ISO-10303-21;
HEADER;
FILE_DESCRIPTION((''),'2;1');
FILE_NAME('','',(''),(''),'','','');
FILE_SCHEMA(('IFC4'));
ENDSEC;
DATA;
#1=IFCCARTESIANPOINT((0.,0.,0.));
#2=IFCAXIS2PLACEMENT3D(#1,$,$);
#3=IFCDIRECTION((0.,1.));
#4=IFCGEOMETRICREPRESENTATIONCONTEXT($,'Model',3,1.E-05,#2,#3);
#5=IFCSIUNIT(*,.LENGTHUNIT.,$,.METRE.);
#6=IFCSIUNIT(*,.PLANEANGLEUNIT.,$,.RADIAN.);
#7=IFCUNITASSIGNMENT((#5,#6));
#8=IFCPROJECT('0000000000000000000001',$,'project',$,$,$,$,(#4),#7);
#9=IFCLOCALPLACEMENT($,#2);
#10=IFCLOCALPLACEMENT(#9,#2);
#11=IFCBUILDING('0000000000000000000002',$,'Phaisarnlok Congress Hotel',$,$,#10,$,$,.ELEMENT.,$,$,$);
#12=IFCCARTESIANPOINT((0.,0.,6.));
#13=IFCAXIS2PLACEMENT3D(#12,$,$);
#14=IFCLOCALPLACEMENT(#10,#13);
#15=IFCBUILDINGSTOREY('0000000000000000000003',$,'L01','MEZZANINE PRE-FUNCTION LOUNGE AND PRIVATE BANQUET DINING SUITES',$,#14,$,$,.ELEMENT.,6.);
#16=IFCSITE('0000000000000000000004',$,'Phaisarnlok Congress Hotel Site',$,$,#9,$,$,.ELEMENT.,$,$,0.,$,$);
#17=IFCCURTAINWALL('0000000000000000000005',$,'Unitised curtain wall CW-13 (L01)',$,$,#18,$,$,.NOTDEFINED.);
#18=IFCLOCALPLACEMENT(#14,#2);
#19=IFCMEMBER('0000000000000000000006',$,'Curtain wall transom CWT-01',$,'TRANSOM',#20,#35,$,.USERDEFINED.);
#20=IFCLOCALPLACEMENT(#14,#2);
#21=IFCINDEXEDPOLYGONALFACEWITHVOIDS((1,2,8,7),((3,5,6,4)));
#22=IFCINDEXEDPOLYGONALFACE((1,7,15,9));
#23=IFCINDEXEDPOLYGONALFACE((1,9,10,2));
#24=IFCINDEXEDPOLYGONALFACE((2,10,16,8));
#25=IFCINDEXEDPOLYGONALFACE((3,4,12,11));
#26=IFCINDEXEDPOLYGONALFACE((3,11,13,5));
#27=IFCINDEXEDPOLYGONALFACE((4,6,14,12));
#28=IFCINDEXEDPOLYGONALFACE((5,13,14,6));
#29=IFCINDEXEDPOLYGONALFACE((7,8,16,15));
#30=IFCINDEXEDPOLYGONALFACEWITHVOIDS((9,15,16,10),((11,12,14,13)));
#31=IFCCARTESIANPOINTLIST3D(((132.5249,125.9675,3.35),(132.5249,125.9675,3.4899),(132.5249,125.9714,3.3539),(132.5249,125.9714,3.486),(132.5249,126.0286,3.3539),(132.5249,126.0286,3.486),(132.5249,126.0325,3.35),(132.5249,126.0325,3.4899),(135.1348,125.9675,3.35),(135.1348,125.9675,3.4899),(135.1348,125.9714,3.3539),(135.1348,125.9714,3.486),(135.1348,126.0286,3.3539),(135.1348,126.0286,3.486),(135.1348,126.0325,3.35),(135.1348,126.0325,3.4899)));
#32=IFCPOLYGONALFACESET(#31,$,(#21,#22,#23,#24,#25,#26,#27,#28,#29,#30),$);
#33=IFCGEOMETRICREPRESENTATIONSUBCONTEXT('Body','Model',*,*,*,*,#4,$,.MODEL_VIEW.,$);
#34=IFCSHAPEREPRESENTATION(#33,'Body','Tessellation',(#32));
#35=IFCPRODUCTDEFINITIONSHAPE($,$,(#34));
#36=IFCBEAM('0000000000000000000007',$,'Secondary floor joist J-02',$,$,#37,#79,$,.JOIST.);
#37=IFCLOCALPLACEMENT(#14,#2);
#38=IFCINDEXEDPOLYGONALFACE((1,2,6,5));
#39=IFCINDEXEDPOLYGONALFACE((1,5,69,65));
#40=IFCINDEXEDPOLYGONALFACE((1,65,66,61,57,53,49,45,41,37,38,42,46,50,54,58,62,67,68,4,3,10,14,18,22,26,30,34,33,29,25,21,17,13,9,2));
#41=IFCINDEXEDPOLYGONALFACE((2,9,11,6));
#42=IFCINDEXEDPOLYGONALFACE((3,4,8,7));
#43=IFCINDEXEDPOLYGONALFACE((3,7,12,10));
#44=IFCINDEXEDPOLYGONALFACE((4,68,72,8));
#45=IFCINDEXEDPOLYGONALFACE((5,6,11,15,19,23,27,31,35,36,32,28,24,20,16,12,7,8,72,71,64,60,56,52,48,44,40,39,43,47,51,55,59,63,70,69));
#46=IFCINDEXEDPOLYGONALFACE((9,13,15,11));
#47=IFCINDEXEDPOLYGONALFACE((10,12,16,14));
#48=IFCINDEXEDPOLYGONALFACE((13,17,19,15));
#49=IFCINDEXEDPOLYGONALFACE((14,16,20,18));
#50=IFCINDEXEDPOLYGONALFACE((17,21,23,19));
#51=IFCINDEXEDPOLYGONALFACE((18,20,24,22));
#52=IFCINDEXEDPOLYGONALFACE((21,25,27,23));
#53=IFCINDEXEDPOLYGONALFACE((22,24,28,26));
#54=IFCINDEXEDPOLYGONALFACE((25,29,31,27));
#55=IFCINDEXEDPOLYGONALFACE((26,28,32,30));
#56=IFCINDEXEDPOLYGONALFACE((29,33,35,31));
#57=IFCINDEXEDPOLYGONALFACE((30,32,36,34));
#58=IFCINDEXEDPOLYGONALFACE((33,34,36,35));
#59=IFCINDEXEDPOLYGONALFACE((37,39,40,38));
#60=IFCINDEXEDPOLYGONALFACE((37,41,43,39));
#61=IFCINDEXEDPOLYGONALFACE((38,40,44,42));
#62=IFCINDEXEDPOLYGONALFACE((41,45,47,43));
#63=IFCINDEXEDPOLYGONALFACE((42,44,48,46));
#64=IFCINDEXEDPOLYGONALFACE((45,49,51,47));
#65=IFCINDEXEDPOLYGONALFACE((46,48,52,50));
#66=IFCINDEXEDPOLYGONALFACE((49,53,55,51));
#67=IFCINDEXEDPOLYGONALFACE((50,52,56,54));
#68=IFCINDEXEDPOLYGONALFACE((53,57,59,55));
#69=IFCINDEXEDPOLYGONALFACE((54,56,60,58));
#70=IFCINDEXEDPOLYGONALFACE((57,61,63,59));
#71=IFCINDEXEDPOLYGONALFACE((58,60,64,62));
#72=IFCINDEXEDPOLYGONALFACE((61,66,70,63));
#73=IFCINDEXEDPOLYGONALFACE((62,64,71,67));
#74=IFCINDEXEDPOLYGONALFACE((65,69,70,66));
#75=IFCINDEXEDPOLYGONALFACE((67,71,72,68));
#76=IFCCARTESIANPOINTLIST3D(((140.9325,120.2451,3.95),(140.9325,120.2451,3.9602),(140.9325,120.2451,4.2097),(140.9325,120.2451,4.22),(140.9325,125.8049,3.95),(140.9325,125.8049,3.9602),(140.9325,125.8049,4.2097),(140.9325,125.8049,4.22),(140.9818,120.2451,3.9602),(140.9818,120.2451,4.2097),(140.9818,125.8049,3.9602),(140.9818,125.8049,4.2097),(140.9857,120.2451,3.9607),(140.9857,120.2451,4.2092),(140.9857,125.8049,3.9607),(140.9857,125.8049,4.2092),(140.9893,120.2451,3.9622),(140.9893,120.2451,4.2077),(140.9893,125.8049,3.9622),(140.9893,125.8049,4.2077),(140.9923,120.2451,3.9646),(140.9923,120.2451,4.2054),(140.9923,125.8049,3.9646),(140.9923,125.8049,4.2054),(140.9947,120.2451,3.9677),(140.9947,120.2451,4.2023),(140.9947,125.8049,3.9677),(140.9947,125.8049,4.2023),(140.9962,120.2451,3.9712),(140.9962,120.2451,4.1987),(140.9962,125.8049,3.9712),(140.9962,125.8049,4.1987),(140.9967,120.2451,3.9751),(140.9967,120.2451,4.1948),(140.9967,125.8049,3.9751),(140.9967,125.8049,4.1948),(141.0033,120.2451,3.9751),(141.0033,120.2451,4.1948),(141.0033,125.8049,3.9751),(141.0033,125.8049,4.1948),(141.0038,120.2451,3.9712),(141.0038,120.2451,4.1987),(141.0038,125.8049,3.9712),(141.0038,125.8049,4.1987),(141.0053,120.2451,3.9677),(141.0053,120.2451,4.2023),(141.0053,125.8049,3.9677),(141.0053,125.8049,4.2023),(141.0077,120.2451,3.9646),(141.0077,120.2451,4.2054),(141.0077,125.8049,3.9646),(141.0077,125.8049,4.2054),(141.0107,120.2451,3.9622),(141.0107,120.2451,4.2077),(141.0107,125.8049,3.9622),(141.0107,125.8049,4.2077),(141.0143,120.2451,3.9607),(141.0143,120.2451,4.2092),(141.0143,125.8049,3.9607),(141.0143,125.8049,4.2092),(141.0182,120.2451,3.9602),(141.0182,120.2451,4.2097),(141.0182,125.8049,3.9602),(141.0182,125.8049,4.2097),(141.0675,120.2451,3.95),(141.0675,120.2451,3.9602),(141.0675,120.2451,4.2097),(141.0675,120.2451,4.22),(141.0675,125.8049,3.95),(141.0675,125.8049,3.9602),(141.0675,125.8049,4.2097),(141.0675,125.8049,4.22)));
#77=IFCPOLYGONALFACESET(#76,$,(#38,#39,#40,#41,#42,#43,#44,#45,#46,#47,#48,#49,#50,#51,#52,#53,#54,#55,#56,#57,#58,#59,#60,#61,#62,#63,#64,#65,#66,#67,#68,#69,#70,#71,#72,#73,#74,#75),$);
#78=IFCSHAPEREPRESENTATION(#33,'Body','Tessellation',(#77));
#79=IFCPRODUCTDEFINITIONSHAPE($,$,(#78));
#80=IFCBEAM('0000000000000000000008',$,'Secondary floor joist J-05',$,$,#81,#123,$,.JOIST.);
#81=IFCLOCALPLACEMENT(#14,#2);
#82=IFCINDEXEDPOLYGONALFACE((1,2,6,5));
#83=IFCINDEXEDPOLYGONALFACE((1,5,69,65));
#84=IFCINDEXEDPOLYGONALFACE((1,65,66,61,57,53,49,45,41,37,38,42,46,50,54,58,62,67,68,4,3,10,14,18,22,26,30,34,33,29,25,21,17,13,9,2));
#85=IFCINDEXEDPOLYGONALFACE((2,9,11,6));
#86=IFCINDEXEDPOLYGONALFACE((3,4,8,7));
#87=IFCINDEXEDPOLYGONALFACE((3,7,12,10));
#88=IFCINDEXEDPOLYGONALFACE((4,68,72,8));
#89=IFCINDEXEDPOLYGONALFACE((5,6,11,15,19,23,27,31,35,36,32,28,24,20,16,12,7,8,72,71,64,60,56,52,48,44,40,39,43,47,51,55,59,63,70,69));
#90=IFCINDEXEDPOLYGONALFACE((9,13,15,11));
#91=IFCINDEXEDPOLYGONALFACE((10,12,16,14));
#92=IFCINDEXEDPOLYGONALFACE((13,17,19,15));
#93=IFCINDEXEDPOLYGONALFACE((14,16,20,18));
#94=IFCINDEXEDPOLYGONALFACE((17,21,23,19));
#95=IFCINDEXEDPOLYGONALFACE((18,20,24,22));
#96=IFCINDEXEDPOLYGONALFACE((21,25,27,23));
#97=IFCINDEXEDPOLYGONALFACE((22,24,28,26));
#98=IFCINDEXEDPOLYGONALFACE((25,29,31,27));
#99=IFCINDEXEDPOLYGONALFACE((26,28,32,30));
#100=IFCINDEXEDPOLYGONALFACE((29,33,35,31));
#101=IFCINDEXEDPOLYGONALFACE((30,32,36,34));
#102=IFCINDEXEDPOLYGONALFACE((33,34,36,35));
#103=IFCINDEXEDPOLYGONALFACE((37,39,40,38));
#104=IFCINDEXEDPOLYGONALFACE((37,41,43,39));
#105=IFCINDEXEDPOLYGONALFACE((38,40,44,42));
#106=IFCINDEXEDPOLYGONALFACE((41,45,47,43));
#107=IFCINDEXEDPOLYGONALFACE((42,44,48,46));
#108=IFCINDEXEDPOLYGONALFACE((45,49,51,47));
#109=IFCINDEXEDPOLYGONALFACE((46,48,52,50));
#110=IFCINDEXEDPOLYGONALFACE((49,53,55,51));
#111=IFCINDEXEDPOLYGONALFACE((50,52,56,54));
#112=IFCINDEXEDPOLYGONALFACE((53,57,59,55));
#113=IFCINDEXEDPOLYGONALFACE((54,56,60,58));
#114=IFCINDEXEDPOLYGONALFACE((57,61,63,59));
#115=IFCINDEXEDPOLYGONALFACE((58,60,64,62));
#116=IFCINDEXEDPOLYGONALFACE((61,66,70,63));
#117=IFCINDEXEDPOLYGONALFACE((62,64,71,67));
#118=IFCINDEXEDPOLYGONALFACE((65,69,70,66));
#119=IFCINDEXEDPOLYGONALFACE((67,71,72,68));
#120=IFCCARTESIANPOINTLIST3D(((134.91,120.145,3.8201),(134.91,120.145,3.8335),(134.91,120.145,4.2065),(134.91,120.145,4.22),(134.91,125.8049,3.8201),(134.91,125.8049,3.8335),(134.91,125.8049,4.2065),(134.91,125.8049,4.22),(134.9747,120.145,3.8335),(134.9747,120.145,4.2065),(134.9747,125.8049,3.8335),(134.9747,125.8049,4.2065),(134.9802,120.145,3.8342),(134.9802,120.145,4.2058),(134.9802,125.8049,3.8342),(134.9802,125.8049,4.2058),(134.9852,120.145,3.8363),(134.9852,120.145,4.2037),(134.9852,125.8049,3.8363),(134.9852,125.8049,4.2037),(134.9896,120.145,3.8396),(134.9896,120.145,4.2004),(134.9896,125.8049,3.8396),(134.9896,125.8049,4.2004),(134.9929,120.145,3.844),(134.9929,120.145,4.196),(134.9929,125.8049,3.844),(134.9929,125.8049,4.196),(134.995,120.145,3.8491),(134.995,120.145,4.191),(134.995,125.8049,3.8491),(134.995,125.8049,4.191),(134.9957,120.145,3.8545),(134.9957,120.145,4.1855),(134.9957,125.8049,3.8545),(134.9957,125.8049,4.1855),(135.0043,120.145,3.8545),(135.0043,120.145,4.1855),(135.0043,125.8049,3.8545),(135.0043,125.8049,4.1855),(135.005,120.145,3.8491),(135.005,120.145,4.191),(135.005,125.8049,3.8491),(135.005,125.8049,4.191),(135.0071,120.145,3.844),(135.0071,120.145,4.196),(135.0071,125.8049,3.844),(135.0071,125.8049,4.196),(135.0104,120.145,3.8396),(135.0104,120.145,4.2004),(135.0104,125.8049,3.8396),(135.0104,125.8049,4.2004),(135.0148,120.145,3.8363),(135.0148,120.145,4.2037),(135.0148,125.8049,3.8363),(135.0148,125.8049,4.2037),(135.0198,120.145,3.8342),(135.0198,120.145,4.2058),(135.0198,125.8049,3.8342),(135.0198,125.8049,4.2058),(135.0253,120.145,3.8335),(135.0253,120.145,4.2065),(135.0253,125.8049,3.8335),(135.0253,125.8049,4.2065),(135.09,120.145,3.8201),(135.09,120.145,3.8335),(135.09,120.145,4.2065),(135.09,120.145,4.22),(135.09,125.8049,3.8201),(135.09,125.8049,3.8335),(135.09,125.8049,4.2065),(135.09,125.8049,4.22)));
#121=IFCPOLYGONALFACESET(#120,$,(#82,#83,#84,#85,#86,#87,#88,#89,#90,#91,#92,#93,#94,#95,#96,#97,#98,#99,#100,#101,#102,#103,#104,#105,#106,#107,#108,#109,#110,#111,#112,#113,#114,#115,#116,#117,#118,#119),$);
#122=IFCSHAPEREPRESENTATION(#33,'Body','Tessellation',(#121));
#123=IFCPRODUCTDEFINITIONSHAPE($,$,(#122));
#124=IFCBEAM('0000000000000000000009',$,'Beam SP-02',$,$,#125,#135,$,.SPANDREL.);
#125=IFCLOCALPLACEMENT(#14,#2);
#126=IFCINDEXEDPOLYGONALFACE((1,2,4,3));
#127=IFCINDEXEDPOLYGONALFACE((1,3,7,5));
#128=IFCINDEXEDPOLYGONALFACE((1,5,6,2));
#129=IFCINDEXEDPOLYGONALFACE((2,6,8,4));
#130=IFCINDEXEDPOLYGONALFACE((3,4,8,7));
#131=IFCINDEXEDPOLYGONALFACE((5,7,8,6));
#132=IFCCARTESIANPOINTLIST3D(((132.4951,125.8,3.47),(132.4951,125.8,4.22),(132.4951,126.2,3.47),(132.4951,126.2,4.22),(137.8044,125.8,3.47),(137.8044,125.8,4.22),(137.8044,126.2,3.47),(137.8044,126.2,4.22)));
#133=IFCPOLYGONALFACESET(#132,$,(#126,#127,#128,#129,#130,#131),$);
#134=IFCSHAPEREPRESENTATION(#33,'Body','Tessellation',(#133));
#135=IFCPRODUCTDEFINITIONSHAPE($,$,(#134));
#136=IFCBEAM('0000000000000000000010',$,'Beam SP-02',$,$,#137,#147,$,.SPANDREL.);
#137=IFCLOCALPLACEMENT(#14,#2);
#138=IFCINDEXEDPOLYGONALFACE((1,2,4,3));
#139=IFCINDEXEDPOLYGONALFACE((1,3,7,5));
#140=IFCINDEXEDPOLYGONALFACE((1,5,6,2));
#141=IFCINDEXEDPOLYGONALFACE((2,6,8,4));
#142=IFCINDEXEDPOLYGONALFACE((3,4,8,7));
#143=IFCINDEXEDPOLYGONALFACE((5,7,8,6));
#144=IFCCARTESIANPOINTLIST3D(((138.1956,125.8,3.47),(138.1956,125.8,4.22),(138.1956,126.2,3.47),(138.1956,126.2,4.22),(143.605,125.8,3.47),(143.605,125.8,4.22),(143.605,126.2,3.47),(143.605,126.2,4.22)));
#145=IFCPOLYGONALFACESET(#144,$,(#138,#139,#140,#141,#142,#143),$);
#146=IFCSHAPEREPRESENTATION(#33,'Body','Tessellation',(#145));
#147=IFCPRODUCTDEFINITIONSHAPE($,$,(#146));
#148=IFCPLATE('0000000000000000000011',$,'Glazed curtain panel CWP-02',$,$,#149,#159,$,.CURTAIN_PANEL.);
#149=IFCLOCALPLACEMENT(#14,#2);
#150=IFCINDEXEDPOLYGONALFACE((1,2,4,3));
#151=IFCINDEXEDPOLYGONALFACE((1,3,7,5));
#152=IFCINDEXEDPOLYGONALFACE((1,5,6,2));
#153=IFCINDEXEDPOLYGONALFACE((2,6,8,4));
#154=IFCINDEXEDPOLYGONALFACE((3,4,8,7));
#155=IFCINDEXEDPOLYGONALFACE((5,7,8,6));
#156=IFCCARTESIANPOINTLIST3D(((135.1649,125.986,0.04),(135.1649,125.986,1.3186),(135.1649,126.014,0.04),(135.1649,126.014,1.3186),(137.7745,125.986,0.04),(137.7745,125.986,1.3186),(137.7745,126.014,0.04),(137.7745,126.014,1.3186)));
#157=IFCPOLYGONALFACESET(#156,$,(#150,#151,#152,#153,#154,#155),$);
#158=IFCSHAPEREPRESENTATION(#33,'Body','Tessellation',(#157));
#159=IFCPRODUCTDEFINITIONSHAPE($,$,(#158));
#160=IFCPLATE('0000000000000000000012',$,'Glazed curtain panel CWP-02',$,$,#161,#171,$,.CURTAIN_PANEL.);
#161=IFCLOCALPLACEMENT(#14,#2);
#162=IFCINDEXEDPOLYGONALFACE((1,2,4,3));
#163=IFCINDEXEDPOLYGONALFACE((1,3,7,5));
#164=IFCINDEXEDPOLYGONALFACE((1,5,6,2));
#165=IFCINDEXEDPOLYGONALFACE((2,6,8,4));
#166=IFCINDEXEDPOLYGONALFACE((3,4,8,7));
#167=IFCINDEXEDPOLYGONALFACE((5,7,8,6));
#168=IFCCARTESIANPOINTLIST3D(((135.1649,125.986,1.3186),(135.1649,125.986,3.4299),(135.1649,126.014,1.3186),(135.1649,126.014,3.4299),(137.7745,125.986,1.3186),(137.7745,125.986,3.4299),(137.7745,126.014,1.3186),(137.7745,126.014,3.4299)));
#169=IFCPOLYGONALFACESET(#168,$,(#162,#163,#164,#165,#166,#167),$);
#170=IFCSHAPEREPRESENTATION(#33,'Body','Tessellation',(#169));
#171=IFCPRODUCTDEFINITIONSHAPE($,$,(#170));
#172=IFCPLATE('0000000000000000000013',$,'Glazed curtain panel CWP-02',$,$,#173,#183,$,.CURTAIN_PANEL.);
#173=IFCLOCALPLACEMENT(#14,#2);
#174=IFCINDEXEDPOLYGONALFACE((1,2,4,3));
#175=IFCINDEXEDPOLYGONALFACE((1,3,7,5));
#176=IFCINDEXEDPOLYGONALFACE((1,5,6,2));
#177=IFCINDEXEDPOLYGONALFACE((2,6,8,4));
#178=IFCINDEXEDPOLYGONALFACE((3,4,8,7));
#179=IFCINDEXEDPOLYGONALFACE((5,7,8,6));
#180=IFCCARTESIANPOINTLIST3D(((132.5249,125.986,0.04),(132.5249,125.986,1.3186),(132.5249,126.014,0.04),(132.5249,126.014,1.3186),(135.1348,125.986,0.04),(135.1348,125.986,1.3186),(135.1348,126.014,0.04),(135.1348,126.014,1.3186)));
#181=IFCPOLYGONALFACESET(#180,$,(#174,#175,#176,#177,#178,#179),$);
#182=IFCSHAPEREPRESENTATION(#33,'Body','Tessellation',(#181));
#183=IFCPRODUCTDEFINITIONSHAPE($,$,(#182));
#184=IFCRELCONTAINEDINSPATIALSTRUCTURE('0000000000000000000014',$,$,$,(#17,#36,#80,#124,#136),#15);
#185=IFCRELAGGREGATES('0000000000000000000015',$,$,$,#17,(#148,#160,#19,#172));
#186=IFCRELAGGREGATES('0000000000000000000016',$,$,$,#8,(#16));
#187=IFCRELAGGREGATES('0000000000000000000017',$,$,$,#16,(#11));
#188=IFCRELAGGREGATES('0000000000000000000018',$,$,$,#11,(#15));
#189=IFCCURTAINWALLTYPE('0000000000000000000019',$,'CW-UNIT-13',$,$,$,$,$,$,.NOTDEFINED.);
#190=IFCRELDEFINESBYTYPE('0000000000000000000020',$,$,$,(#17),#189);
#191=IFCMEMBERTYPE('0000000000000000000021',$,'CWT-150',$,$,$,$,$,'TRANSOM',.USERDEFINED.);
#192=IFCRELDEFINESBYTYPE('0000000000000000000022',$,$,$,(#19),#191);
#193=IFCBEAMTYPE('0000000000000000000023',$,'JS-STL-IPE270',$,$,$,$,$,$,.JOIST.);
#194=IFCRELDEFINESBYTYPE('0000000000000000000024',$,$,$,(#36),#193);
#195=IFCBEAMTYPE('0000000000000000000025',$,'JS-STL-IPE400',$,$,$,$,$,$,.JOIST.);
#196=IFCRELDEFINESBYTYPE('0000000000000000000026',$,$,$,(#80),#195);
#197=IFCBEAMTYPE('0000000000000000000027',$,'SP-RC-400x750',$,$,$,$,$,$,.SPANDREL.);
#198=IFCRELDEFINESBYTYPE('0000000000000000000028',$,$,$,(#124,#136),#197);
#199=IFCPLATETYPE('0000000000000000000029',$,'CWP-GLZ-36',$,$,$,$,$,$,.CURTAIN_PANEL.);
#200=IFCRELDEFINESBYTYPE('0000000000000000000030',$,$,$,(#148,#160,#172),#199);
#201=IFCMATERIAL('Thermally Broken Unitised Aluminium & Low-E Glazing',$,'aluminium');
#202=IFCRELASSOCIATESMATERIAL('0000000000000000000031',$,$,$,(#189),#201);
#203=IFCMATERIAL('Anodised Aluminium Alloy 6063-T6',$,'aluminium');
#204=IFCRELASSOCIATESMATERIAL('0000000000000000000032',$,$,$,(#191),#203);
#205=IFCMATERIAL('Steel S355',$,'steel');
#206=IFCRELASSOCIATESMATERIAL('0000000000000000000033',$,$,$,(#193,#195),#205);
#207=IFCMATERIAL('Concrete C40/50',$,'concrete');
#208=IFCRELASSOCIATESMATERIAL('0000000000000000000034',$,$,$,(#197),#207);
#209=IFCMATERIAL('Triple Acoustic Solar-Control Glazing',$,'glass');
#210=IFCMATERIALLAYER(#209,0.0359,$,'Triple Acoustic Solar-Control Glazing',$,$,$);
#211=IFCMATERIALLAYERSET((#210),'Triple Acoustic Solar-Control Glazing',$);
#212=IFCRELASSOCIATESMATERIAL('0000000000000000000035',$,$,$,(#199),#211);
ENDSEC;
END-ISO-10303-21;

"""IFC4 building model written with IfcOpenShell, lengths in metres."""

from ifc_helpers import new_model, si_unit, direction, frame, frame_2d, origin, origin_2d, place, context, subcontext, project, spatial, rectangle, hollow_rectangle, i_section, extrude, material, layer, layer_set, material_profile, profile_set, type_object, element, aggregate, save


model = new_model("IFC4")

# Units and contexts
model_context = context("Model", 3, precision=1e-05, world=origin(), true_north=direction((0.0, 1.0)))
body_context = subcontext(model_context, "Body", "Model", "MODEL_VIEW")
ifc_project = project(units=[si_unit("LENGTHUNIT", "METRE"), si_unit("PLANEANGLEUNIT", "RADIAN")], contexts=[model_context])

# Site, building, storey
site_placement = place(None, origin())
site = spatial("IfcSite", under=ifc_project, at=site_placement, Name="Phaisarnlok Congress Hotel Site", CompositionType="ELEMENT", RefElevation=0.0)
building_placement = place(site_placement, origin())
building = spatial("IfcBuilding", under=site, at=building_placement, Name="Phaisarnlok Congress Hotel", CompositionType="ELEMENT")
storey_placement = place(building_placement, frame((0.0, 0.0, 6.0)))
storey = spatial("IfcBuildingStorey", under=building, at=storey_placement, Name="L01", Description="MEZZANINE PRE-FUNCTION LOUNGE AND PRIVATE BANQUET DINING SUITES", CompositionType="ELEMENT", Elevation=6.0)

# Shared definitions
ifc_material_1 = material(Name="Steel S355", Category="steel")

# Shared definitions
ifc_material_2 = material(Name="Concrete C40/50", Category="concrete")

# Curtain wall, member
ifc_material_3 = material(Name="Thermally Broken Unitised Aluminium & Low-E Glazing", Category="aluminium")
curtain_wall_type = type_object("IfcCurtainWallType", Name="CW-UNIT-13", PredefinedType="NOTDEFINED", material=ifc_material_3)
curtain_wall_placement = place(storey_placement, origin())
curtain_wall = element("IfcCurtainWall", 1, at=curtain_wall_placement, inside=storey, type_object=curtain_wall_type, Name="Unitised curtain wall CW-13 (L01)", PredefinedType="NOTDEFINED")
ifc_material_4 = material(Name="Anodised Aluminium Alloy 6063-T6", Category="aluminium")
ifc_material_profile_1 = material_profile(ifc_material_4, hollow_rectangle(XDim=0.0649, YDim=0.1399, WallThickness=0.0039, at=origin_2d()), Name="ALU-T 65x140x4")
ifc_profile_set_1 = profile_set([ifc_material_profile_1], Name="Anodised Aluminium Alloy 6063-T6")
member_type_1 = type_object("IfcMemberType", Name="CWT-150", ElementType="TRANSOM", PredefinedType="USERDEFINED", material=ifc_profile_set_1)
member_1_placement = place(storey_placement, frame((135.1348, 126.0, 3.4199), z_axis=(-1.0, 0.0, 0.0), x_axis=(0.0, -1.0, 0.0)))
member_1 = element("IfcMember", 2, at=member_1_placement, type_object=member_type_1, Name="Curtain wall transom CWT-01", ObjectType="TRANSOM", PredefinedType="USERDEFINED", context=body_context, shape_type="SweptSolid", body=[
    extrude(hollow_rectangle(XDim=0.0649, YDim=0.1399, WallThickness=0.0039, at=origin_2d()), origin(), (0.0, 0.0, 1.0), 2.6099),
])

# Beams
ifc_material_profile_2 = material_profile(ifc_material_1, i_section(OverallWidth=0.135, OverallDepth=0.27, WebThickness=0.0066, FlangeThickness=0.0103, FilletRadius=0.0149, at=origin_2d()), Name="IPE 270")
ifc_profile_set_2 = profile_set([ifc_material_profile_2], Name="Steel S355")
beam_type_1 = type_object("IfcBeamType", Name="JS-STL-IPE270", PredefinedType="JOIST", material=ifc_profile_set_2)
beam_1_placement = place(storey_placement, frame((141.0, 120.2451, 4.085), z_axis=(0.0, 1.0, 0.0), x_axis=(-1.0, 0.0, 0.0)))
element("IfcBeam", 3, at=beam_1_placement, inside=storey, type_object=beam_type_1, Name="Secondary floor joist J-02", PredefinedType="JOIST", context=body_context, shape_type="SweptSolid", body=[
    extrude(i_section(OverallWidth=0.135, OverallDepth=0.27, WebThickness=0.0066, FlangeThickness=0.0103, FilletRadius=0.0149, at=origin_2d()), origin(), (0.0, 0.0, 1.0), 5.5598),
])
ifc_material_profile_3 = material_profile(ifc_material_1, i_section(OverallWidth=0.1799, OverallDepth=0.3999, WebThickness=0.0085, FlangeThickness=0.0134, FilletRadius=0.021, at=origin_2d()), Name="IPE 400")
ifc_profile_set_3 = profile_set([ifc_material_profile_3], Name="Steel S355")
beam_type_2 = type_object("IfcBeamType", Name="JS-STL-IPE400", PredefinedType="JOIST", material=ifc_profile_set_3)
beam_2_placement = place(storey_placement, frame((135.0, 120.145, 4.02), z_axis=(0.0, 1.0, 0.0), x_axis=(-1.0, 0.0, 0.0)))
element("IfcBeam", 4, at=beam_2_placement, inside=storey, type_object=beam_type_2, Name="Secondary floor joist J-05", PredefinedType="JOIST", context=body_context, shape_type="SweptSolid", body=[
    extrude(i_section(OverallWidth=0.1799, OverallDepth=0.3999, WebThickness=0.0085, FlangeThickness=0.0134, FilletRadius=0.021, at=origin_2d()), origin(), (0.0, 0.0, 1.0), 5.6599),
])
ifc_material_profile_4 = material_profile(ifc_material_2, rectangle(XDim=0.3999, YDim=0.75, at=origin_2d()), Name="RC 400x750")
ifc_profile_set_4 = profile_set([ifc_material_profile_4], Name="Concrete C40/50")
beam_type_3 = type_object("IfcBeamType", Name="SP-RC-400x750", PredefinedType="SPANDREL", material=ifc_profile_set_4)
beam_3_placement = place(storey_placement, frame((132.4951, 126.0, 3.845), z_axis=(1.0, 0.0, 0.0), x_axis=(0.0, 1.0, 0.0)))
element("IfcBeam", 5, at=beam_3_placement, inside=storey, type_object=beam_type_3, Name="Beam SP-02", PredefinedType="SPANDREL", context=body_context, shape_type="SweptSolid", body=[
    extrude(rectangle(XDim=0.3999, YDim=0.75, at=origin_2d()), origin(), (0.0, 0.0, 1.0), 5.3093),
])
beam_4_placement = place(storey_placement, frame((138.1956, 126.0, 3.845), z_axis=(1.0, 0.0, 0.0), x_axis=(0.0, 1.0, 0.0)))
element("IfcBeam", 6, at=beam_4_placement, inside=storey, type_object=beam_type_3, Name="Beam SP-02", PredefinedType="SPANDREL", context=body_context, shape_type="SweptSolid", body=[
    extrude(rectangle(XDim=0.3999, YDim=0.75, at=origin_2d()), origin(), (0.0, 0.0, 1.0), 5.4094),
])

# Plates
ifc_material_5 = material(Name="Triple Acoustic Solar-Control Glazing", Category="glass")
ifc_layer_1 = layer(ifc_material_5, 0.0359, Name="Triple Acoustic Solar-Control Glazing")
ifc_layer_set_1 = layer_set([ifc_layer_1], Name="Triple Acoustic Solar-Control Glazing")
plate_type = type_object("IfcPlateType", Name="CWP-GLZ-36", PredefinedType="CURTAIN_PANEL", material=ifc_layer_set_1)
plate_1_placement = place(storey_placement, frame((137.7744, 126.0, 0.04), z_axis=(0.0, 0.0, 1.0), x_axis=(-1.0, 0.0, 0.0)))
plate_1 = element("IfcPlate", 7, at=plate_1_placement, type_object=plate_type, Name="Glazed curtain panel CWP-02", PredefinedType="CURTAIN_PANEL", context=body_context, shape_type="SweptSolid", body=[
    extrude(rectangle(XDim=2.6096, YDim=0.0281, at=frame_2d((1.3047, 0.0))), origin(), (0.0, 0.0, 1.0), 1.2786),
])
plate_2_placement = place(storey_placement, frame((137.7744, 126.0, 1.3186), z_axis=(0.0, 0.0, 1.0), x_axis=(-1.0, 0.0, 0.0)))
plate_2 = element("IfcPlate", 8, at=plate_2_placement, type_object=plate_type, Name="Glazed curtain panel CWP-02", PredefinedType="CURTAIN_PANEL", context=body_context, shape_type="SweptSolid", body=[
    extrude(rectangle(XDim=2.6096, YDim=0.0281, at=frame_2d((1.3047, 0.0))), origin(), (0.0, 0.0, 1.0), 2.1113),
])
plate_3_placement = place(storey_placement, frame((135.1348, 126.0, 0.04), z_axis=(0.0, 0.0, 1.0), x_axis=(-1.0, 0.0, 0.0)))
plate_3 = element("IfcPlate", 9, at=plate_3_placement, type_object=plate_type, Name="Glazed curtain panel CWP-02", PredefinedType="CURTAIN_PANEL", context=body_context, shape_type="SweptSolid", body=[
    extrude(rectangle(XDim=2.6099, YDim=0.0281, at=frame_2d((1.3049, 0.0))), origin(), (0.0, 0.0, 1.0), 1.2786),
])
aggregate(curtain_wall, [plate_1, plate_2, member_1, plate_3])

save(model, "model.ifc")
